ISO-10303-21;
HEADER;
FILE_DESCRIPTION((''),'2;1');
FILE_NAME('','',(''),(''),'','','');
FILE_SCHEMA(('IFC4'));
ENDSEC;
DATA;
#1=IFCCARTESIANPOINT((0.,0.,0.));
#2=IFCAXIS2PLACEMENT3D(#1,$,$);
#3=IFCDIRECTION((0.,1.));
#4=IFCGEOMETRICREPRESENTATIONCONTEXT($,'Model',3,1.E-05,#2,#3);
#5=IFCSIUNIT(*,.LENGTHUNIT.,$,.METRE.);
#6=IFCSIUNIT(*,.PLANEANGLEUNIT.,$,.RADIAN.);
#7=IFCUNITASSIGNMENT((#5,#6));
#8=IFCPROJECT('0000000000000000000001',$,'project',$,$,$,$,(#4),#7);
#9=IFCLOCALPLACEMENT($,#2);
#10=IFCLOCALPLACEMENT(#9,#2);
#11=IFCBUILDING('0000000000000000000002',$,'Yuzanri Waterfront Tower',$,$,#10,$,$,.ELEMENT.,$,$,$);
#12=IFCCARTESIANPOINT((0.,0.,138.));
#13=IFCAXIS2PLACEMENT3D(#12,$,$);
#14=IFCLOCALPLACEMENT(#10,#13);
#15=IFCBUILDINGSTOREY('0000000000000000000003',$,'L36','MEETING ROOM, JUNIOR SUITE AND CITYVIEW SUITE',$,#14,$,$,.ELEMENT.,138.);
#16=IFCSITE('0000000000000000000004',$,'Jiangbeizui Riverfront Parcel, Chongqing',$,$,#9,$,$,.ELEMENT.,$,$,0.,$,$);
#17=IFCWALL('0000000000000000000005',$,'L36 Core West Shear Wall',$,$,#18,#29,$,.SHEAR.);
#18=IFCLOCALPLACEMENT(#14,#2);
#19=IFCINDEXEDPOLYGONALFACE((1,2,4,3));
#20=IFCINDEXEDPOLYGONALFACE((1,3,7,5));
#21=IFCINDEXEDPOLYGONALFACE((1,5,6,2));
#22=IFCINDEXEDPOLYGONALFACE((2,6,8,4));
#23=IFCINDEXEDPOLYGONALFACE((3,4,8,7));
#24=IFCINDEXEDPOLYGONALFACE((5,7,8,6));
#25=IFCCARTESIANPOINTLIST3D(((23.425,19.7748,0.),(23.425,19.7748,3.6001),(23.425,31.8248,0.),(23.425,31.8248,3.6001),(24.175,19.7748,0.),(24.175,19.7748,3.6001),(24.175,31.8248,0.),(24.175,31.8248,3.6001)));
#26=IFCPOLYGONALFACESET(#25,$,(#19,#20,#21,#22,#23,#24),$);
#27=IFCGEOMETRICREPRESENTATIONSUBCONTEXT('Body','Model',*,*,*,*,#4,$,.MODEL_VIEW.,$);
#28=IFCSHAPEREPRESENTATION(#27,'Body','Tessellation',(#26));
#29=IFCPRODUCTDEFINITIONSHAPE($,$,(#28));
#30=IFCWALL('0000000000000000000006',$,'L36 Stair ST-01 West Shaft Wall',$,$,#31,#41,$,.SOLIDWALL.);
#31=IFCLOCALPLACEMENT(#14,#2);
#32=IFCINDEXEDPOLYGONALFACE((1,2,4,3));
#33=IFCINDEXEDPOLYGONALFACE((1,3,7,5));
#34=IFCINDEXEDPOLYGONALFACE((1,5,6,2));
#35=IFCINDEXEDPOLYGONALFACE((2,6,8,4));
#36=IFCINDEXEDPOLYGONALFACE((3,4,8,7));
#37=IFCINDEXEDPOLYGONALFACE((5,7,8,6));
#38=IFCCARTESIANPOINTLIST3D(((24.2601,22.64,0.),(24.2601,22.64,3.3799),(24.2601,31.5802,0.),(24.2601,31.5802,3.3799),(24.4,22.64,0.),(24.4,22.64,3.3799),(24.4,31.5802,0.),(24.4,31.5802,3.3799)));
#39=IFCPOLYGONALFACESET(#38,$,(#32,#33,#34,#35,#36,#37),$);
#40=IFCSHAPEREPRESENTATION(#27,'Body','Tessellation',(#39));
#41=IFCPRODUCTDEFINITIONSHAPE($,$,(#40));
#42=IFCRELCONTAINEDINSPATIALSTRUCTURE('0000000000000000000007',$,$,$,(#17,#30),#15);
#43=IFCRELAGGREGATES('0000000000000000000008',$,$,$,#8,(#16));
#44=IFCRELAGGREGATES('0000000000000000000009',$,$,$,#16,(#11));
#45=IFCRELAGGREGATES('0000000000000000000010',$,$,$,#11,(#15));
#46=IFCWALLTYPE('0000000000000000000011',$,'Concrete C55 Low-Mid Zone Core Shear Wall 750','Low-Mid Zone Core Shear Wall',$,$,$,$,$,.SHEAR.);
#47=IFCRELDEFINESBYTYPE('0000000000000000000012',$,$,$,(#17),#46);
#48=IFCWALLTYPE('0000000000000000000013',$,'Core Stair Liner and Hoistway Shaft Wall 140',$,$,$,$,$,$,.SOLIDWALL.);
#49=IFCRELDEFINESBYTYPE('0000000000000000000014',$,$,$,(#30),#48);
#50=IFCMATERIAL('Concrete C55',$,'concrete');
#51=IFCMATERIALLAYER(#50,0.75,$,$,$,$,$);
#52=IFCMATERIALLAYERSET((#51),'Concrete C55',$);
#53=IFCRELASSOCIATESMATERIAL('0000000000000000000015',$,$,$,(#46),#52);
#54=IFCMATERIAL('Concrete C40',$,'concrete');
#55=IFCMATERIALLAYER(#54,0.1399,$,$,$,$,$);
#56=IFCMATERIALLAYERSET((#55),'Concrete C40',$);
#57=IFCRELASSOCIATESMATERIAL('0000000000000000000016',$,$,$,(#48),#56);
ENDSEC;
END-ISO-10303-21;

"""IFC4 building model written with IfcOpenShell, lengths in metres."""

from ifc_helpers import new_model, si_unit, direction, frame, frame_2d, origin, place, context, subcontext, project, spatial, rectangle, extrude, source, transform, mapped, material, layer, layer_set, type_object, element, save


model = new_model("IFC4")

# Units and contexts
model_context = context("Model", 3, precision=1e-05, world=origin(), true_north=direction((0.0, 1.0)))
body_context = subcontext(model_context, "Body", "Model", "MODEL_VIEW")
ifc_project = project(units=[si_unit("LENGTHUNIT", "METRE"), si_unit("PLANEANGLEUNIT", "RADIAN")], contexts=[model_context])

# Site, building, storey
site_placement = place(None, origin())
site = spatial("IfcSite", under=ifc_project, at=site_placement, Name="Jiangbeizui Riverfront Parcel, Chongqing", CompositionType="ELEMENT", RefElevation=0.0)
building_placement = place(site_placement, origin())
building = spatial("IfcBuilding", under=site, at=building_placement, Name="Yuzanri Waterfront Tower", CompositionType="ELEMENT")
storey_placement = place(building_placement, frame((0.0, 0.0, 138.0)))
storey = spatial("IfcBuildingStorey", under=building, at=storey_placement, Name="L36", Description="MEETING ROOM, JUNIOR SUITE AND CITYVIEW SUITE", CompositionType="ELEMENT", Elevation=138.0)

# Shared definitions
ifc_material_1 = material(Name="Concrete C55", Category="concrete")
ifc_layer_1 = layer(ifc_material_1, 0.75)
ifc_layer_set_1 = layer_set([ifc_layer_1], Name="Concrete C55")
wall_type_1 = type_object("IfcWallType", Name="Concrete C55 Low-Mid Zone Core Shear Wall 750", Description="Low-Mid Zone Core Shear Wall", PredefinedType="SHEAR", material=ifc_layer_set_1)

# Shared definitions
ifc_material_2 = material(Name="Concrete C40", Category="concrete")
ifc_layer_2 = layer(ifc_material_2, 0.1399)
ifc_layer_set_2 = layer_set([ifc_layer_2], Name="Concrete C40")
wall_type_2 = type_object("IfcWallType", Name="Core Stair Liner and Hoistway Shaft Wall 140", PredefinedType="SOLIDWALL", material=ifc_layer_set_2)

# Walls
shared_shape_1 = source(origin(), body_context, "Body", "SweptSolid", [
    extrude(rectangle(XDim=12.05, YDim=0.75, at=frame_2d((6.0249, 0.0))), origin(), (0.0, 0.0, 1.0), 3.6001),
])
wall_1_placement = place(storey_placement, frame((23.8, 19.7749, 0.0), z_axis=(0.0, 0.0, 1.0), x_axis=(0.0, 1.0, 0.0)))
element("IfcWall", 1, at=wall_1_placement, inside=storey, type_object=wall_type_1, Name="L36 Core West Shear Wall", PredefinedType="SHEAR", context=body_context, shape_type="MappedRepresentation", body=[
    mapped(shared_shape_1, transform((0.0, 0.0, 0.0), scale=1.0)),
])
shared_shape_2 = source(origin(), body_context, "Body", "SweptSolid", [
    extrude(rectangle(XDim=8.9402, YDim=0.1399, at=frame_2d((4.4702, 0.0))), origin(), (0.0, 0.0, 1.0), 3.3799),
])
wall_2_placement = place(storey_placement, frame((24.3301, 22.6399, 0.0), z_axis=(0.0, 0.0, 1.0), x_axis=(0.0, 1.0, 0.0)))
element("IfcWall", 2, at=wall_2_placement, inside=storey, type_object=wall_type_2, Name="L36 Stair ST-01 West Shaft Wall", PredefinedType="SOLIDWALL", context=body_context, shape_type="MappedRepresentation", body=[
    mapped(shared_shape_2, transform((0.0, 0.0, 0.0), scale=1.0)),
])

save(model, "model.ifc")
